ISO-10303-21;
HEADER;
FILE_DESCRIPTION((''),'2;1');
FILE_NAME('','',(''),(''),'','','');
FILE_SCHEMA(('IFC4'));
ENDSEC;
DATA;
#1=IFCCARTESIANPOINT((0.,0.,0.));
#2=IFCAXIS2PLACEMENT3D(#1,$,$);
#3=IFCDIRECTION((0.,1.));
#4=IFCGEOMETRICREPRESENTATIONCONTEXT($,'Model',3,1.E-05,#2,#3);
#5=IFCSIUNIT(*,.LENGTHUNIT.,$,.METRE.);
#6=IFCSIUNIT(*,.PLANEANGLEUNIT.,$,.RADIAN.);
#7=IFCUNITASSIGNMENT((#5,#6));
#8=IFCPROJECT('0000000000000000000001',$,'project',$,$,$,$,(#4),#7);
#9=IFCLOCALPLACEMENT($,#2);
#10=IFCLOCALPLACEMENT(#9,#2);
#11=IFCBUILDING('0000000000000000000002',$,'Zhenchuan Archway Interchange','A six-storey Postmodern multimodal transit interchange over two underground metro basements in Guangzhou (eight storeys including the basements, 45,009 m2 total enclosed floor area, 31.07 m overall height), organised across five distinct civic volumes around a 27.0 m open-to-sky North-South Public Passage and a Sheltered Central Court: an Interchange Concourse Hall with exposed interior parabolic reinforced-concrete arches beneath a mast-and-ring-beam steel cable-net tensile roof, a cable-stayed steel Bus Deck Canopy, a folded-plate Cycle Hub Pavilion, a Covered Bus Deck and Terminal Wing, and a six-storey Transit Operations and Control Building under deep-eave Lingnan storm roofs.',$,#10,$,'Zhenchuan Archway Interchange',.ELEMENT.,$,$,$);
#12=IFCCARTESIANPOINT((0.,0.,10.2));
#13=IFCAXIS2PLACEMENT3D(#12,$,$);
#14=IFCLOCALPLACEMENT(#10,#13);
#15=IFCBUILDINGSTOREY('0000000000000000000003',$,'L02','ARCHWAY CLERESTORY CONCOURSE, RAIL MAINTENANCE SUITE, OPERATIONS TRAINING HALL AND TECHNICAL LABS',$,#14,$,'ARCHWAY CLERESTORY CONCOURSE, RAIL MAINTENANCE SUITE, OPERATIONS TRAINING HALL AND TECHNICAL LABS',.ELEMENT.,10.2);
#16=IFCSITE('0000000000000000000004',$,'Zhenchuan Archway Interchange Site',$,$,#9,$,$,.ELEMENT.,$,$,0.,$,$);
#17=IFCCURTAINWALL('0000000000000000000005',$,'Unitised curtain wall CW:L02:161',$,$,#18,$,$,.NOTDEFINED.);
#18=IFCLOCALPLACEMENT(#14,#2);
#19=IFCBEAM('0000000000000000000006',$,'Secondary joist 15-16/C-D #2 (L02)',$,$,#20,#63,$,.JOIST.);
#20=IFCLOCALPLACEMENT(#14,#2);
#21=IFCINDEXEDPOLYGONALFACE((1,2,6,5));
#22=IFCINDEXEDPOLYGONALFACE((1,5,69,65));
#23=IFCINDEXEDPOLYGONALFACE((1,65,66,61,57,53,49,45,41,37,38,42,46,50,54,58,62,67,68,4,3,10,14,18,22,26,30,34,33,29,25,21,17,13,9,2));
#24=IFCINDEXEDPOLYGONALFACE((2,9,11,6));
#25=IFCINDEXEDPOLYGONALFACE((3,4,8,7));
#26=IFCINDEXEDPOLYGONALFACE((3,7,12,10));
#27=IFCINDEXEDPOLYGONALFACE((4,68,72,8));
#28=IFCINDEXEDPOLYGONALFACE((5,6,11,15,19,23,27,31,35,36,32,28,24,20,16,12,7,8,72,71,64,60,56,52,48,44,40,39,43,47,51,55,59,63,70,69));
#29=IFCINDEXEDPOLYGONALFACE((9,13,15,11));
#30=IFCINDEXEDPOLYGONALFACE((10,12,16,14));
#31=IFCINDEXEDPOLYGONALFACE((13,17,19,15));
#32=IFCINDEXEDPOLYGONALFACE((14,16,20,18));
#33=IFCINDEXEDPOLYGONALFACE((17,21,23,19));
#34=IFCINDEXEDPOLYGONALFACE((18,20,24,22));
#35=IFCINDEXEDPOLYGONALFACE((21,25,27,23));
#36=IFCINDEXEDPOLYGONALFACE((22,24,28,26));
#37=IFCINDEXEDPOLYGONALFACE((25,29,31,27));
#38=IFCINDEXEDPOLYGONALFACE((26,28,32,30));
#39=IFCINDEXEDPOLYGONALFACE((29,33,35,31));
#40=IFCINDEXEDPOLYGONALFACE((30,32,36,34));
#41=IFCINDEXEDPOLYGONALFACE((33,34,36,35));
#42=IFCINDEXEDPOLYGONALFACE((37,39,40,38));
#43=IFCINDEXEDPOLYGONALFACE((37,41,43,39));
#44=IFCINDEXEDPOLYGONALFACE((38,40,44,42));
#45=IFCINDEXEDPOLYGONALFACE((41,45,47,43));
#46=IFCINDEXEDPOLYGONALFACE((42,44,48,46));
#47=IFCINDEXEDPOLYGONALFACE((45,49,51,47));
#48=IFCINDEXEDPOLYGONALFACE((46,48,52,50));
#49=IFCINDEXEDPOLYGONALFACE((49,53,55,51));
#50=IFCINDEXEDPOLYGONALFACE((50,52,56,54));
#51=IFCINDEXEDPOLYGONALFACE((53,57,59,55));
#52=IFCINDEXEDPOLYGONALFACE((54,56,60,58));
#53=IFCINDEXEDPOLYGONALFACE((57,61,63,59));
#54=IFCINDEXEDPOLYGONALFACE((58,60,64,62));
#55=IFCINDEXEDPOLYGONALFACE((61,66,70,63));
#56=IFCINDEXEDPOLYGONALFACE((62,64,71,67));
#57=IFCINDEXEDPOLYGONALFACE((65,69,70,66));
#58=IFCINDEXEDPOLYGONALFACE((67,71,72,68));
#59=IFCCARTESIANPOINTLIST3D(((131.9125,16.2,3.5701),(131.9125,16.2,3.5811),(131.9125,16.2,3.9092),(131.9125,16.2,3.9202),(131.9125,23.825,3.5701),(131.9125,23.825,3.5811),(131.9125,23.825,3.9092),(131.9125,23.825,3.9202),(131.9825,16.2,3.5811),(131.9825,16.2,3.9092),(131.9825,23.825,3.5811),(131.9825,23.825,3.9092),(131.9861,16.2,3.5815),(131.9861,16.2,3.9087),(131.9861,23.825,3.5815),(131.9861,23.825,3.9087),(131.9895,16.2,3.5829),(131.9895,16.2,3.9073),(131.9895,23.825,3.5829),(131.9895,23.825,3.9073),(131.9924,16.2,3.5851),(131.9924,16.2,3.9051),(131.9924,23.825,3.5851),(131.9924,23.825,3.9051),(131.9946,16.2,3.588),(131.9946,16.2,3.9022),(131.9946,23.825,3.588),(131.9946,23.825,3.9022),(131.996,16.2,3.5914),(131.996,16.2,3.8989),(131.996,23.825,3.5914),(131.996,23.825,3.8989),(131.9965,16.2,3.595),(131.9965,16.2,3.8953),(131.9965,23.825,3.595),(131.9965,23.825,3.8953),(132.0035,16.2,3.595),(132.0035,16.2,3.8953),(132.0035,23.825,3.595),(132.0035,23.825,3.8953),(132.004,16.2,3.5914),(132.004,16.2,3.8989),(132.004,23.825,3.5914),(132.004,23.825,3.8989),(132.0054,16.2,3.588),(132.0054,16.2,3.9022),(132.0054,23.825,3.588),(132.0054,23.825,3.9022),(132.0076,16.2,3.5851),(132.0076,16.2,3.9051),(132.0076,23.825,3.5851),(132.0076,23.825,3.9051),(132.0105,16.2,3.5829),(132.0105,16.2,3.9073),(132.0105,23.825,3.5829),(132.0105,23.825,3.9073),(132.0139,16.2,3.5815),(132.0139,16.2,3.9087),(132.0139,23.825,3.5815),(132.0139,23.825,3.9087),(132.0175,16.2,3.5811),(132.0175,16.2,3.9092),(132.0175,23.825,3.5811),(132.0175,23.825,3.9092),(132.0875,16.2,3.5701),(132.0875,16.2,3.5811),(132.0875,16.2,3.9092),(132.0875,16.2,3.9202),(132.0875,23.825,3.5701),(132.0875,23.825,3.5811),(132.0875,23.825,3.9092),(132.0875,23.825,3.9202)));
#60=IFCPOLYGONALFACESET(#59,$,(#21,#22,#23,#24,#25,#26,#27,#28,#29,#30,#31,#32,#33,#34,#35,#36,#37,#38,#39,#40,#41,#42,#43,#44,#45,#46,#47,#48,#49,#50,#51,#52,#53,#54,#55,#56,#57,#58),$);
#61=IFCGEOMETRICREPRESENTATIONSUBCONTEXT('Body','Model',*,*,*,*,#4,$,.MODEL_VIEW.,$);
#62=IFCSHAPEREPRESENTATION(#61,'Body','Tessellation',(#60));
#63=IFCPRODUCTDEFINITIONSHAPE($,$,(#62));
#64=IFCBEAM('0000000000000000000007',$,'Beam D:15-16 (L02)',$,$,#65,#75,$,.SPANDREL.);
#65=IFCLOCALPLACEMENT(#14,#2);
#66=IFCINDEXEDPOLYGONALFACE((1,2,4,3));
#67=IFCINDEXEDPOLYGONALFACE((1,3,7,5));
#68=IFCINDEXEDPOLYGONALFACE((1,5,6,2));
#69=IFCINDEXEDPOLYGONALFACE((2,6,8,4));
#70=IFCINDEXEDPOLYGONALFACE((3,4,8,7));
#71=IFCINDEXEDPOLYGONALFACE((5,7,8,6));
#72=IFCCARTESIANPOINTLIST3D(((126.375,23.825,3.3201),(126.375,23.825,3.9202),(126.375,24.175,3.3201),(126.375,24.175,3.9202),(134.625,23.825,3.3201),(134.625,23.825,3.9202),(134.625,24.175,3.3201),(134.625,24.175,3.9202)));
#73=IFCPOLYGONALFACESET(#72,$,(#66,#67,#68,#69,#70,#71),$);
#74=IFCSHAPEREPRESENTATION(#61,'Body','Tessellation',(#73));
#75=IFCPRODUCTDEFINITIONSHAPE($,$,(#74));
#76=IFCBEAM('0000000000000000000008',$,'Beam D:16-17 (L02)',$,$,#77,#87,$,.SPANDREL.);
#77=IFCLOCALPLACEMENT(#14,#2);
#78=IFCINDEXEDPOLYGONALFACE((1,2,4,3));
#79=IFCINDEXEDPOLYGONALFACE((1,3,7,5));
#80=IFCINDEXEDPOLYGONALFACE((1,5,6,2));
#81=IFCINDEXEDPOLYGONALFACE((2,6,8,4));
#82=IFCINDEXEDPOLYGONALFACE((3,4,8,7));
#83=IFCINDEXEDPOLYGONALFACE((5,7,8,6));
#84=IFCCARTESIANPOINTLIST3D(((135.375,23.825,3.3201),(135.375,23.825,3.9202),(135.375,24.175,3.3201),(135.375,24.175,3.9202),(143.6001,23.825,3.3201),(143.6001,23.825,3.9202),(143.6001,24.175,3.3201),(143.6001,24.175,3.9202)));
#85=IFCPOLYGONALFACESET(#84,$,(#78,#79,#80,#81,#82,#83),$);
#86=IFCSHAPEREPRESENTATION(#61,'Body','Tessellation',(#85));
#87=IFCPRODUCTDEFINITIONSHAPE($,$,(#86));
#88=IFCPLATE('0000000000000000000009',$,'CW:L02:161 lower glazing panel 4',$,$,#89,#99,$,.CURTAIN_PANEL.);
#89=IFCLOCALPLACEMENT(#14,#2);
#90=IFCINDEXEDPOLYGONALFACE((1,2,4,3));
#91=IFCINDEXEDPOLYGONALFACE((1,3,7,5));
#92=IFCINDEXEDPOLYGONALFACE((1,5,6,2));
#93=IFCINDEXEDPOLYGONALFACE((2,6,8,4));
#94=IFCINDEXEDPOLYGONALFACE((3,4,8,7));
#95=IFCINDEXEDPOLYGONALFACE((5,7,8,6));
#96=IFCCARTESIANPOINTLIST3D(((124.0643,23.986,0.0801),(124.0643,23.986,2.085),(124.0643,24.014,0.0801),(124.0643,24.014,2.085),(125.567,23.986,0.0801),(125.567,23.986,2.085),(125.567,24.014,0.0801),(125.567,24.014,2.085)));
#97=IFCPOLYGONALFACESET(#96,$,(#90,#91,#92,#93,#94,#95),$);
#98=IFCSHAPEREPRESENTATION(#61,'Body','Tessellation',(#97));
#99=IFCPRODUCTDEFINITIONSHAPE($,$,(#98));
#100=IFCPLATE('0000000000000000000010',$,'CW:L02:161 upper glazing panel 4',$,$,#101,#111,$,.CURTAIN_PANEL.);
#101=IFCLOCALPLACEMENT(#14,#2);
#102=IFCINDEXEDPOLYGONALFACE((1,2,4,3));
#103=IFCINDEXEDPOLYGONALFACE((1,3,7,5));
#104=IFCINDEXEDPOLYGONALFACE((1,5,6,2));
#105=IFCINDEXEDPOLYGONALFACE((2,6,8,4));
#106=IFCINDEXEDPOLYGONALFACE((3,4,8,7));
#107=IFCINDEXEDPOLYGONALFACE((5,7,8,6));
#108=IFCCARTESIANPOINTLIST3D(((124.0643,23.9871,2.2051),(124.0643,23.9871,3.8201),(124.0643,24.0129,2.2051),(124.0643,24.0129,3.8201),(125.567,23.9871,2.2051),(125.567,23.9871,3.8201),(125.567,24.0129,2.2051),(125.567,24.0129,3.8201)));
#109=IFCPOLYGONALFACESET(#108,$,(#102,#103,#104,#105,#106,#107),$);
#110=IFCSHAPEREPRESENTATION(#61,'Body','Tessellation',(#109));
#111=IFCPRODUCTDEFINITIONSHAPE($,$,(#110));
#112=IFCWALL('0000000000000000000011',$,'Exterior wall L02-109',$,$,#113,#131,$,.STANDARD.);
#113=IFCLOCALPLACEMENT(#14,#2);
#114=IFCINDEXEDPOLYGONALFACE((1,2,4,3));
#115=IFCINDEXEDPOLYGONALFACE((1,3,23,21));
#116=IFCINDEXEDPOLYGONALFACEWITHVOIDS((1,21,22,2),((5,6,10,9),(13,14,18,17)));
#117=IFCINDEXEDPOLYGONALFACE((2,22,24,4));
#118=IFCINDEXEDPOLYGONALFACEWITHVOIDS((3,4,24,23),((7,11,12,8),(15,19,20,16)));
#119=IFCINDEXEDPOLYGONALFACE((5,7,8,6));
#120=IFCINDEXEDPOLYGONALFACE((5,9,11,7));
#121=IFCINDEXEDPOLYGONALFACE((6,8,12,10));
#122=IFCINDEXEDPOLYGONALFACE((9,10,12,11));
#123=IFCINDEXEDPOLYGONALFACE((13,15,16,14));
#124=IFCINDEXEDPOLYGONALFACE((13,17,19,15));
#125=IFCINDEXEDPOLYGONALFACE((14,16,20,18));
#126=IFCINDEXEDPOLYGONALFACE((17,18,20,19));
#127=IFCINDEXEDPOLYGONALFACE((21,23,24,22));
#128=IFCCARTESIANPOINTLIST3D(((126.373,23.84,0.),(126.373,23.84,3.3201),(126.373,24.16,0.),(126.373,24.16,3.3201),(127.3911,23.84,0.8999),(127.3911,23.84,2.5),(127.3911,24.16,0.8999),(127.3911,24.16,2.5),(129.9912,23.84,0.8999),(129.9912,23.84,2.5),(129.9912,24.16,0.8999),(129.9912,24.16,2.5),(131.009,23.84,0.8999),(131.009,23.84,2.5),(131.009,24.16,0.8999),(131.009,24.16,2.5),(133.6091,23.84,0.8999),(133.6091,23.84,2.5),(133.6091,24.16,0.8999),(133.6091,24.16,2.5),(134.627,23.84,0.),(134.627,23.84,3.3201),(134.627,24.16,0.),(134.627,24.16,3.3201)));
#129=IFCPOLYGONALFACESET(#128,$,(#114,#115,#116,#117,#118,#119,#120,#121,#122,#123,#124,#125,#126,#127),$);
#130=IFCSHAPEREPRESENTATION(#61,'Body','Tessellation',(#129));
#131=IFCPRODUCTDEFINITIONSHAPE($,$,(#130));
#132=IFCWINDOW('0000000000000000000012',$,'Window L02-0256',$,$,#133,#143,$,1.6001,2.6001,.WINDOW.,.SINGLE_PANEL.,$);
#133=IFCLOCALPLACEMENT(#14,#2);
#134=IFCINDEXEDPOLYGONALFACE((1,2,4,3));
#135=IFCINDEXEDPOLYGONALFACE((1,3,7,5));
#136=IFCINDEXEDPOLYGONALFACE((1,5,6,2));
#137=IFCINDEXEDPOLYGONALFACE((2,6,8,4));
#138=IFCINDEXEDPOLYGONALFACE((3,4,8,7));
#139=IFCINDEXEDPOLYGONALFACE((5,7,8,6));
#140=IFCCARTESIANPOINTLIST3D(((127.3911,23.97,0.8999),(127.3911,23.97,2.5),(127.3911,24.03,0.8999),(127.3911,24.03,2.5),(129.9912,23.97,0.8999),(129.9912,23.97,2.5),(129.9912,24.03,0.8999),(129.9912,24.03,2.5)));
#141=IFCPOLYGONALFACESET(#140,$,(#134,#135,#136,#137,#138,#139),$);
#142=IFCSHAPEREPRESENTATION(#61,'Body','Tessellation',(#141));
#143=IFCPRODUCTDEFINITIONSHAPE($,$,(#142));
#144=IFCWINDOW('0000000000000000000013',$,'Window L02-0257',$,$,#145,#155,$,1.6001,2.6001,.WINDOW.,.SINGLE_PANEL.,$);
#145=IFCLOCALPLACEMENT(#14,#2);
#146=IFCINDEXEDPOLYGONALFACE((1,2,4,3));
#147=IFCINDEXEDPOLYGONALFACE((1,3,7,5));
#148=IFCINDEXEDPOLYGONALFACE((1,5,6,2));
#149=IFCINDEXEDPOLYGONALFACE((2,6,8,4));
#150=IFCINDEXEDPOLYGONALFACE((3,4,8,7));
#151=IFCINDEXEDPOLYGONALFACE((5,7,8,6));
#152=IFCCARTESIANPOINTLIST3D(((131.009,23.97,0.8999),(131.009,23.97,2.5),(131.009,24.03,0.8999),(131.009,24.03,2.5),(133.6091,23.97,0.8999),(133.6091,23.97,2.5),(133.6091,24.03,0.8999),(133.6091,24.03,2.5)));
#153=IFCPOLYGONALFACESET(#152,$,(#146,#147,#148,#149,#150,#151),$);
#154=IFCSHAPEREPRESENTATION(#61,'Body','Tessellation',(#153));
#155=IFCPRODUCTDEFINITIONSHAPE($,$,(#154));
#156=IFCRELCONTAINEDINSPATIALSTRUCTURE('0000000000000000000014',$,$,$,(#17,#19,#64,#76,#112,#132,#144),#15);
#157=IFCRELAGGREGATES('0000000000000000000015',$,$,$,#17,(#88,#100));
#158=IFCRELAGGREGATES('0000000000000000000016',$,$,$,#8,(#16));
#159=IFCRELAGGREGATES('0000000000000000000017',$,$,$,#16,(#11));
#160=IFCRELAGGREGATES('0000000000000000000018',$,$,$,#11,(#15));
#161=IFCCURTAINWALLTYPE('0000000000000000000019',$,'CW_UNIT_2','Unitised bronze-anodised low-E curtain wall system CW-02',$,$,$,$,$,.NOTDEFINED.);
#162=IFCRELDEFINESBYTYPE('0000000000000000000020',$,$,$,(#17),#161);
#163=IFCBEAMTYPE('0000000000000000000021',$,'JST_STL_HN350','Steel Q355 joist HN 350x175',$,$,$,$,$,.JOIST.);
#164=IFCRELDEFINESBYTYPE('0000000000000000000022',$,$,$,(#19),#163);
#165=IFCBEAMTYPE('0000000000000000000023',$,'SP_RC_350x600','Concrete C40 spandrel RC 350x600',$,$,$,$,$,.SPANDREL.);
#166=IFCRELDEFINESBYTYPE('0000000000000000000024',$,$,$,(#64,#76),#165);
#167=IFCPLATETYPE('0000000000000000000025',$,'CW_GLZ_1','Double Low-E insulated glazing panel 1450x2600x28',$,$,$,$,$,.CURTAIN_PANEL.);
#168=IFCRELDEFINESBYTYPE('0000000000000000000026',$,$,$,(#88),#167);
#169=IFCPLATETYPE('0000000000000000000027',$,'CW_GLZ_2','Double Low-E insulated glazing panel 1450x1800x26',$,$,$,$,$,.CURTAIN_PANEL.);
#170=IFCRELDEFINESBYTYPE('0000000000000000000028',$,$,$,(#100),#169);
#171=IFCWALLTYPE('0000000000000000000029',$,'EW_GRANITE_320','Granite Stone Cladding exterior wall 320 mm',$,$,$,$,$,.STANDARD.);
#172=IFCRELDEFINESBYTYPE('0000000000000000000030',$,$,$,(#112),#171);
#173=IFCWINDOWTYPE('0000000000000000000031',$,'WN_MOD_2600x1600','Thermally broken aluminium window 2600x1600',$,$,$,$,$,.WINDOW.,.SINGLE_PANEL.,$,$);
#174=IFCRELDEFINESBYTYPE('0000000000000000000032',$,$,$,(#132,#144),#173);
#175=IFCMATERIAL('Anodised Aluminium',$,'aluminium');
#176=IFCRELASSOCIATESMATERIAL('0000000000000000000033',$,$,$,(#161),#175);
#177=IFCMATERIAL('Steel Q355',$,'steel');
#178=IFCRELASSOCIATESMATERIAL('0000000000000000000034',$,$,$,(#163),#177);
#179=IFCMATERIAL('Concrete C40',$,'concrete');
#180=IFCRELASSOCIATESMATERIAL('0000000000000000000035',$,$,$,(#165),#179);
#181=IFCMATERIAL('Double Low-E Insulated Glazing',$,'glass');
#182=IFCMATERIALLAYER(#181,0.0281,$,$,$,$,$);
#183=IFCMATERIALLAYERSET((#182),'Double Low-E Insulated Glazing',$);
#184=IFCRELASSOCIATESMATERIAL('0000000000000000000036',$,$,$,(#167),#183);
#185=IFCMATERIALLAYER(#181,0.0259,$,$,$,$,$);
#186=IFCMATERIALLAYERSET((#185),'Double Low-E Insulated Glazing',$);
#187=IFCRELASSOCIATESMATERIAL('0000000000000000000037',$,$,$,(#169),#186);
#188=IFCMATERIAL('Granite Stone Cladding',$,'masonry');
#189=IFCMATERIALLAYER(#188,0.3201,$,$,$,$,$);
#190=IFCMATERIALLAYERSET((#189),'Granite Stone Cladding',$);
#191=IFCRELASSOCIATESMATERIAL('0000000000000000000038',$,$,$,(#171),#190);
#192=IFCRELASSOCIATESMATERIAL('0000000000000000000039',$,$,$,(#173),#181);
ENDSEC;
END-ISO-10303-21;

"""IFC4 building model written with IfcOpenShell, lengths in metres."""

from ifc_helpers import new_model, si_unit, direction, frame, frame_2d, origin, origin_2d, place, context, subcontext, project, spatial, rectangle, i_section, extrude, material, layer, layer_set, material_profile, profile_set, type_object, element, fill, aggregate, save


model = new_model("IFC4")

# Units and contexts
model_context = context("Model", 3, precision=1e-05, world=origin(), true_north=direction((0.0, 1.0)))
body_context = subcontext(model_context, "Body", "Model", "MODEL_VIEW")
ifc_project = project(units=[si_unit("LENGTHUNIT", "METRE"), si_unit("PLANEANGLEUNIT", "RADIAN")], contexts=[model_context])

# Site, building, storey
site_placement = place(None, origin())
site = spatial("IfcSite", under=ifc_project, at=site_placement, Name="Zhenchuan Archway Interchange Site", CompositionType="ELEMENT", RefElevation=0.0)
building_placement = place(site_placement, origin())
building = spatial("IfcBuilding", under=site, at=building_placement, Name="Zhenchuan Archway Interchange", Description="A six-storey Postmodern multimodal transit interchange over two underground metro basements in Guangzhou (eight storeys including the basements, 45,009 m2 total enclosed floor area, 31.07 m overall height), organised across five distinct civic volumes around a 27.0 m open-to-sky North-South Public Passage and a Sheltered Central Court: an Interchange Concourse Hall with exposed interior parabolic reinforced-concrete arches beneath a mast-and-ring-beam steel cable-net tensile roof, a cable-stayed steel Bus Deck Canopy, a folded-plate Cycle Hub Pavilion, a Covered Bus Deck and Terminal Wing, and a six-storey Transit Operations and Control Building under deep-eave Lingnan storm roofs.", LongName="Zhenchuan Archway Interchange", CompositionType="ELEMENT")
storey_placement = place(building_placement, frame((0.0, 0.0, 10.2)))
storey = spatial("IfcBuildingStorey", under=building, at=storey_placement, Name="L02", Description="ARCHWAY CLERESTORY CONCOURSE, RAIL MAINTENANCE SUITE, OPERATIONS TRAINING HALL AND TECHNICAL LABS", LongName="ARCHWAY CLERESTORY CONCOURSE, RAIL MAINTENANCE SUITE, OPERATIONS TRAINING HALL AND TECHNICAL LABS", CompositionType="ELEMENT", Elevation=10.2)

# Shared definitions
ifc_material_1 = material(Name="Concrete C40", Category="concrete")

# Curtain wall
ifc_material_2 = material(Name="Anodised Aluminium", Category="aluminium")
curtain_wall_type_1 = type_object("IfcCurtainWallType", Name="CW_UNIT_2", Description="Unitised bronze-anodised low-E curtain wall system CW-02", PredefinedType="NOTDEFINED", material=ifc_material_2)
curtain_wall_1_placement = place(storey_placement, origin())
curtain_wall_1 = element("IfcCurtainWall", 1, at=curtain_wall_1_placement, inside=storey, type_object=curtain_wall_type_1, Name="Unitised curtain wall CW:L02:161", PredefinedType="NOTDEFINED")

# Beams
ifc_material_3 = material(Name="Steel Q355", Category="steel")
ifc_material_profile_1 = material_profile(ifc_material_3, i_section(OverallWidth=0.175, OverallDepth=0.3501, WebThickness=0.0071, FlangeThickness=0.011, FilletRadius=0.0139, at=origin_2d()), Name="HN 350x175")
ifc_profile_set_1 = profile_set([ifc_material_profile_1], Name="Steel Q355")
beam_type_1 = type_object("IfcBeamType", Name="JST_STL_HN350", Description="Steel Q355 joist HN 350x175", PredefinedType="JOIST", material=ifc_profile_set_1)
for number, where, z_axis, x_axis, name in (
    (2, (132.0, 16.2, 3.7451), (0.0, 1.0, 0.0), (-1.0, 0.0, 0.0), "Secondary joist 15-16/C-D #2 (L02)"),
):
    element("IfcBeam", number, at=place(storey_placement, frame(where, z_axis=z_axis, x_axis=x_axis)), inside=storey, type_object=beam_type_1, Name=name, PredefinedType="JOIST", context=body_context, shape_type="SweptSolid", body=[
        extrude(i_section(OverallWidth=0.175, OverallDepth=0.3501, WebThickness=0.0071, FlangeThickness=0.011, FilletRadius=0.0139, at=origin_2d()), origin(), (0.0, 0.0, 1.0), 7.625),
    ])
ifc_material_profile_2 = material_profile(ifc_material_1, rectangle(XDim=0.3501, YDim=0.6001, at=origin_2d()), Name="RC 350x600")
ifc_profile_set_2 = profile_set([ifc_material_profile_2], Name="Concrete C40")
beam_type_2 = type_object("IfcBeamType", Name="SP_RC_350x600", Description="Concrete C40 spandrel RC 350x600", PredefinedType="SPANDREL", material=ifc_profile_set_2)
beam_1_placement = place(storey_placement, frame((126.375, 24.0, 3.6201), z_axis=(1.0, 0.0, 0.0), x_axis=(0.0, 1.0, 0.0)))
element("IfcBeam", 3, at=beam_1_placement, inside=storey, type_object=beam_type_2, Name="Beam D:15-16 (L02)", PredefinedType="SPANDREL", context=body_context, shape_type="SweptSolid", body=[
    extrude(rectangle(XDim=0.3501, YDim=0.6001, at=origin_2d()), origin(), (0.0, 0.0, 1.0), 8.25),
])
beam_2_placement = place(storey_placement, frame((135.375, 24.0, 3.6201), z_axis=(1.0, 0.0, 0.0), x_axis=(0.0, 1.0, 0.0)))
element("IfcBeam", 4, at=beam_2_placement, inside=storey, type_object=beam_type_2, Name="Beam D:16-17 (L02)", PredefinedType="SPANDREL", context=body_context, shape_type="SweptSolid", body=[
    extrude(rectangle(XDim=0.3501, YDim=0.6001, at=origin_2d()), origin(), (0.0, 0.0, 1.0), 8.2251),
])

# Plates
ifc_material_4 = material(Name="Double Low-E Insulated Glazing", Category="glass")
ifc_layer_1 = layer(ifc_material_4, 0.0281)
ifc_layer_set_1 = layer_set([ifc_layer_1], Name="Double Low-E Insulated Glazing")
plate_type_1 = type_object("IfcPlateType", Name="CW_GLZ_1", Description="Double Low-E insulated glazing panel 1450x2600x28", PredefinedType="CURTAIN_PANEL", material=ifc_layer_set_1)
plate_1_placement = place(storey_placement, frame((124.8157, 24.0, 0.0801), z_axis=(0.0, 0.0, 1.0), x_axis=(1.0, 0.0, 0.0)))
plate_1 = element("IfcPlate", 5, at=plate_1_placement, type_object=plate_type_1, Name="CW:L02:161 lower glazing panel 4", PredefinedType="CURTAIN_PANEL", context=body_context, shape_type="SweptSolid", body=[
    extrude(rectangle(XDim=1.5027, YDim=0.0281, at=origin_2d()), origin(), (0.0, 0.0, 1.0), 2.0049),
])
ifc_layer_2 = layer(ifc_material_4, 0.0259)
ifc_layer_set_2 = layer_set([ifc_layer_2], Name="Double Low-E Insulated Glazing")
plate_type_2 = type_object("IfcPlateType", Name="CW_GLZ_2", Description="Double Low-E insulated glazing panel 1450x1800x26", PredefinedType="CURTAIN_PANEL", material=ifc_layer_set_2)
plate_2_placement = place(storey_placement, frame((124.8157, 24.0, 2.2051), z_axis=(0.0, 0.0, 1.0), x_axis=(1.0, 0.0, 0.0)))
plate_2 = element("IfcPlate", 6, at=plate_2_placement, type_object=plate_type_2, Name="CW:L02:161 upper glazing panel 4", PredefinedType="CURTAIN_PANEL", context=body_context, shape_type="SweptSolid", body=[
    extrude(rectangle(XDim=1.5027, YDim=0.0259, at=origin_2d()), origin(), (0.0, 0.0, 1.0), 1.615),
])
aggregate(curtain_wall_1, [plate_1, plate_2])

# Wall, openings, windows
ifc_material_5 = material(Name="Granite Stone Cladding", Category="masonry")
ifc_layer_3 = layer(ifc_material_5, 0.3201)
ifc_layer_set_3 = layer_set([ifc_layer_3], Name="Granite Stone Cladding")
wall_type_1 = type_object("IfcWallType", Name="EW_GRANITE_320", Description="Granite Stone Cladding exterior wall 320 mm", PredefinedType="STANDARD", material=ifc_layer_set_3)
wall_1_placement = place(storey_placement, frame((126.373, 24.0, 0.0), z_axis=(0.0, 0.0, 1.0), x_axis=(1.0, 0.0, 0.0)))
wall_1 = element("IfcWall", 7, at=wall_1_placement, inside=storey, type_object=wall_type_1, Name="Exterior wall L02-109", PredefinedType="STANDARD", context=body_context, shape_type="SweptSolid", body=[
    extrude(rectangle(XDim=8.2539, YDim=0.3201, at=frame_2d((4.127, 0.0))), origin(), (0.0, 0.0, 1.0), 3.3201),
])
opening_1_placement = place(wall_1_placement, frame((1.0181, 0.0, 0.8999)))
opening_1 = element("IfcOpeningElement", 8, at=opening_1_placement, cuts=wall_1, PredefinedType="OPENING", context=body_context, shape_type="SweptSolid", body=[
    extrude(rectangle(XDim=2.6001, YDim=1.6001, at=frame_2d((1.3, 0.8))), frame((0.0, 0.1719, 0.0), z_axis=(0.0, -1.0, 0.0), x_axis=(1.0, 0.0, 0.0)), (0.0, 0.0, 1.0), 0.344),
])
opening_2_placement = place(wall_1_placement, frame((4.636, 0.0, 0.8999)))
opening_2 = element("IfcOpeningElement", 9, at=opening_2_placement, cuts=wall_1, PredefinedType="OPENING", context=body_context, shape_type="SweptSolid", body=[
    extrude(rectangle(XDim=2.6001, YDim=1.6001, at=frame_2d((1.3, 0.8))), frame((0.0, 0.1719, 0.0), z_axis=(0.0, -1.0, 0.0), x_axis=(1.0, 0.0, 0.0)), (0.0, 0.0, 1.0), 0.344),
])
window_type = type_object("IfcWindowType", Name="WN_MOD_2600x1600", Description="Thermally broken aluminium window 2600x1600", PartitioningType="SINGLE_PANEL", PredefinedType="WINDOW", material=ifc_material_4)
window_1_placement = place(opening_1_placement, origin())
window_1 = element("IfcWindow", 10, at=window_1_placement, inside=storey, type_object=window_type, Name="Window L02-0256", OverallHeight=1.6001, OverallWidth=2.6001, PartitioningType="SINGLE_PANEL", PredefinedType="WINDOW", context=body_context, shape_type="SweptSolid", body=[
    extrude(rectangle(XDim=2.6001, YDim=1.6001, at=frame_2d((1.3, 0.8))), frame((0.0, 0.03, 0.0), z_axis=(0.0, -1.0, 0.0), x_axis=(1.0, 0.0, 0.0)), (0.0, 0.0, 1.0), 0.0601),
])
fill(opening_1, window_1)
window_2_placement = place(opening_2_placement, origin())
window_2 = element("IfcWindow", 11, at=window_2_placement, inside=storey, type_object=window_type, Name="Window L02-0257", OverallHeight=1.6001, OverallWidth=2.6001, PartitioningType="SINGLE_PANEL", PredefinedType="WINDOW", context=body_context, shape_type="SweptSolid", body=[
    extrude(rectangle(XDim=2.6001, YDim=1.6001, at=frame_2d((1.3, 0.8))), frame((0.0, 0.03, 0.0), z_axis=(0.0, -1.0, 0.0), x_axis=(1.0, 0.0, 0.0)), (0.0, 0.0, 1.0), 0.0601),
])
fill(opening_2, window_2)

save(model, "model.ifc")
